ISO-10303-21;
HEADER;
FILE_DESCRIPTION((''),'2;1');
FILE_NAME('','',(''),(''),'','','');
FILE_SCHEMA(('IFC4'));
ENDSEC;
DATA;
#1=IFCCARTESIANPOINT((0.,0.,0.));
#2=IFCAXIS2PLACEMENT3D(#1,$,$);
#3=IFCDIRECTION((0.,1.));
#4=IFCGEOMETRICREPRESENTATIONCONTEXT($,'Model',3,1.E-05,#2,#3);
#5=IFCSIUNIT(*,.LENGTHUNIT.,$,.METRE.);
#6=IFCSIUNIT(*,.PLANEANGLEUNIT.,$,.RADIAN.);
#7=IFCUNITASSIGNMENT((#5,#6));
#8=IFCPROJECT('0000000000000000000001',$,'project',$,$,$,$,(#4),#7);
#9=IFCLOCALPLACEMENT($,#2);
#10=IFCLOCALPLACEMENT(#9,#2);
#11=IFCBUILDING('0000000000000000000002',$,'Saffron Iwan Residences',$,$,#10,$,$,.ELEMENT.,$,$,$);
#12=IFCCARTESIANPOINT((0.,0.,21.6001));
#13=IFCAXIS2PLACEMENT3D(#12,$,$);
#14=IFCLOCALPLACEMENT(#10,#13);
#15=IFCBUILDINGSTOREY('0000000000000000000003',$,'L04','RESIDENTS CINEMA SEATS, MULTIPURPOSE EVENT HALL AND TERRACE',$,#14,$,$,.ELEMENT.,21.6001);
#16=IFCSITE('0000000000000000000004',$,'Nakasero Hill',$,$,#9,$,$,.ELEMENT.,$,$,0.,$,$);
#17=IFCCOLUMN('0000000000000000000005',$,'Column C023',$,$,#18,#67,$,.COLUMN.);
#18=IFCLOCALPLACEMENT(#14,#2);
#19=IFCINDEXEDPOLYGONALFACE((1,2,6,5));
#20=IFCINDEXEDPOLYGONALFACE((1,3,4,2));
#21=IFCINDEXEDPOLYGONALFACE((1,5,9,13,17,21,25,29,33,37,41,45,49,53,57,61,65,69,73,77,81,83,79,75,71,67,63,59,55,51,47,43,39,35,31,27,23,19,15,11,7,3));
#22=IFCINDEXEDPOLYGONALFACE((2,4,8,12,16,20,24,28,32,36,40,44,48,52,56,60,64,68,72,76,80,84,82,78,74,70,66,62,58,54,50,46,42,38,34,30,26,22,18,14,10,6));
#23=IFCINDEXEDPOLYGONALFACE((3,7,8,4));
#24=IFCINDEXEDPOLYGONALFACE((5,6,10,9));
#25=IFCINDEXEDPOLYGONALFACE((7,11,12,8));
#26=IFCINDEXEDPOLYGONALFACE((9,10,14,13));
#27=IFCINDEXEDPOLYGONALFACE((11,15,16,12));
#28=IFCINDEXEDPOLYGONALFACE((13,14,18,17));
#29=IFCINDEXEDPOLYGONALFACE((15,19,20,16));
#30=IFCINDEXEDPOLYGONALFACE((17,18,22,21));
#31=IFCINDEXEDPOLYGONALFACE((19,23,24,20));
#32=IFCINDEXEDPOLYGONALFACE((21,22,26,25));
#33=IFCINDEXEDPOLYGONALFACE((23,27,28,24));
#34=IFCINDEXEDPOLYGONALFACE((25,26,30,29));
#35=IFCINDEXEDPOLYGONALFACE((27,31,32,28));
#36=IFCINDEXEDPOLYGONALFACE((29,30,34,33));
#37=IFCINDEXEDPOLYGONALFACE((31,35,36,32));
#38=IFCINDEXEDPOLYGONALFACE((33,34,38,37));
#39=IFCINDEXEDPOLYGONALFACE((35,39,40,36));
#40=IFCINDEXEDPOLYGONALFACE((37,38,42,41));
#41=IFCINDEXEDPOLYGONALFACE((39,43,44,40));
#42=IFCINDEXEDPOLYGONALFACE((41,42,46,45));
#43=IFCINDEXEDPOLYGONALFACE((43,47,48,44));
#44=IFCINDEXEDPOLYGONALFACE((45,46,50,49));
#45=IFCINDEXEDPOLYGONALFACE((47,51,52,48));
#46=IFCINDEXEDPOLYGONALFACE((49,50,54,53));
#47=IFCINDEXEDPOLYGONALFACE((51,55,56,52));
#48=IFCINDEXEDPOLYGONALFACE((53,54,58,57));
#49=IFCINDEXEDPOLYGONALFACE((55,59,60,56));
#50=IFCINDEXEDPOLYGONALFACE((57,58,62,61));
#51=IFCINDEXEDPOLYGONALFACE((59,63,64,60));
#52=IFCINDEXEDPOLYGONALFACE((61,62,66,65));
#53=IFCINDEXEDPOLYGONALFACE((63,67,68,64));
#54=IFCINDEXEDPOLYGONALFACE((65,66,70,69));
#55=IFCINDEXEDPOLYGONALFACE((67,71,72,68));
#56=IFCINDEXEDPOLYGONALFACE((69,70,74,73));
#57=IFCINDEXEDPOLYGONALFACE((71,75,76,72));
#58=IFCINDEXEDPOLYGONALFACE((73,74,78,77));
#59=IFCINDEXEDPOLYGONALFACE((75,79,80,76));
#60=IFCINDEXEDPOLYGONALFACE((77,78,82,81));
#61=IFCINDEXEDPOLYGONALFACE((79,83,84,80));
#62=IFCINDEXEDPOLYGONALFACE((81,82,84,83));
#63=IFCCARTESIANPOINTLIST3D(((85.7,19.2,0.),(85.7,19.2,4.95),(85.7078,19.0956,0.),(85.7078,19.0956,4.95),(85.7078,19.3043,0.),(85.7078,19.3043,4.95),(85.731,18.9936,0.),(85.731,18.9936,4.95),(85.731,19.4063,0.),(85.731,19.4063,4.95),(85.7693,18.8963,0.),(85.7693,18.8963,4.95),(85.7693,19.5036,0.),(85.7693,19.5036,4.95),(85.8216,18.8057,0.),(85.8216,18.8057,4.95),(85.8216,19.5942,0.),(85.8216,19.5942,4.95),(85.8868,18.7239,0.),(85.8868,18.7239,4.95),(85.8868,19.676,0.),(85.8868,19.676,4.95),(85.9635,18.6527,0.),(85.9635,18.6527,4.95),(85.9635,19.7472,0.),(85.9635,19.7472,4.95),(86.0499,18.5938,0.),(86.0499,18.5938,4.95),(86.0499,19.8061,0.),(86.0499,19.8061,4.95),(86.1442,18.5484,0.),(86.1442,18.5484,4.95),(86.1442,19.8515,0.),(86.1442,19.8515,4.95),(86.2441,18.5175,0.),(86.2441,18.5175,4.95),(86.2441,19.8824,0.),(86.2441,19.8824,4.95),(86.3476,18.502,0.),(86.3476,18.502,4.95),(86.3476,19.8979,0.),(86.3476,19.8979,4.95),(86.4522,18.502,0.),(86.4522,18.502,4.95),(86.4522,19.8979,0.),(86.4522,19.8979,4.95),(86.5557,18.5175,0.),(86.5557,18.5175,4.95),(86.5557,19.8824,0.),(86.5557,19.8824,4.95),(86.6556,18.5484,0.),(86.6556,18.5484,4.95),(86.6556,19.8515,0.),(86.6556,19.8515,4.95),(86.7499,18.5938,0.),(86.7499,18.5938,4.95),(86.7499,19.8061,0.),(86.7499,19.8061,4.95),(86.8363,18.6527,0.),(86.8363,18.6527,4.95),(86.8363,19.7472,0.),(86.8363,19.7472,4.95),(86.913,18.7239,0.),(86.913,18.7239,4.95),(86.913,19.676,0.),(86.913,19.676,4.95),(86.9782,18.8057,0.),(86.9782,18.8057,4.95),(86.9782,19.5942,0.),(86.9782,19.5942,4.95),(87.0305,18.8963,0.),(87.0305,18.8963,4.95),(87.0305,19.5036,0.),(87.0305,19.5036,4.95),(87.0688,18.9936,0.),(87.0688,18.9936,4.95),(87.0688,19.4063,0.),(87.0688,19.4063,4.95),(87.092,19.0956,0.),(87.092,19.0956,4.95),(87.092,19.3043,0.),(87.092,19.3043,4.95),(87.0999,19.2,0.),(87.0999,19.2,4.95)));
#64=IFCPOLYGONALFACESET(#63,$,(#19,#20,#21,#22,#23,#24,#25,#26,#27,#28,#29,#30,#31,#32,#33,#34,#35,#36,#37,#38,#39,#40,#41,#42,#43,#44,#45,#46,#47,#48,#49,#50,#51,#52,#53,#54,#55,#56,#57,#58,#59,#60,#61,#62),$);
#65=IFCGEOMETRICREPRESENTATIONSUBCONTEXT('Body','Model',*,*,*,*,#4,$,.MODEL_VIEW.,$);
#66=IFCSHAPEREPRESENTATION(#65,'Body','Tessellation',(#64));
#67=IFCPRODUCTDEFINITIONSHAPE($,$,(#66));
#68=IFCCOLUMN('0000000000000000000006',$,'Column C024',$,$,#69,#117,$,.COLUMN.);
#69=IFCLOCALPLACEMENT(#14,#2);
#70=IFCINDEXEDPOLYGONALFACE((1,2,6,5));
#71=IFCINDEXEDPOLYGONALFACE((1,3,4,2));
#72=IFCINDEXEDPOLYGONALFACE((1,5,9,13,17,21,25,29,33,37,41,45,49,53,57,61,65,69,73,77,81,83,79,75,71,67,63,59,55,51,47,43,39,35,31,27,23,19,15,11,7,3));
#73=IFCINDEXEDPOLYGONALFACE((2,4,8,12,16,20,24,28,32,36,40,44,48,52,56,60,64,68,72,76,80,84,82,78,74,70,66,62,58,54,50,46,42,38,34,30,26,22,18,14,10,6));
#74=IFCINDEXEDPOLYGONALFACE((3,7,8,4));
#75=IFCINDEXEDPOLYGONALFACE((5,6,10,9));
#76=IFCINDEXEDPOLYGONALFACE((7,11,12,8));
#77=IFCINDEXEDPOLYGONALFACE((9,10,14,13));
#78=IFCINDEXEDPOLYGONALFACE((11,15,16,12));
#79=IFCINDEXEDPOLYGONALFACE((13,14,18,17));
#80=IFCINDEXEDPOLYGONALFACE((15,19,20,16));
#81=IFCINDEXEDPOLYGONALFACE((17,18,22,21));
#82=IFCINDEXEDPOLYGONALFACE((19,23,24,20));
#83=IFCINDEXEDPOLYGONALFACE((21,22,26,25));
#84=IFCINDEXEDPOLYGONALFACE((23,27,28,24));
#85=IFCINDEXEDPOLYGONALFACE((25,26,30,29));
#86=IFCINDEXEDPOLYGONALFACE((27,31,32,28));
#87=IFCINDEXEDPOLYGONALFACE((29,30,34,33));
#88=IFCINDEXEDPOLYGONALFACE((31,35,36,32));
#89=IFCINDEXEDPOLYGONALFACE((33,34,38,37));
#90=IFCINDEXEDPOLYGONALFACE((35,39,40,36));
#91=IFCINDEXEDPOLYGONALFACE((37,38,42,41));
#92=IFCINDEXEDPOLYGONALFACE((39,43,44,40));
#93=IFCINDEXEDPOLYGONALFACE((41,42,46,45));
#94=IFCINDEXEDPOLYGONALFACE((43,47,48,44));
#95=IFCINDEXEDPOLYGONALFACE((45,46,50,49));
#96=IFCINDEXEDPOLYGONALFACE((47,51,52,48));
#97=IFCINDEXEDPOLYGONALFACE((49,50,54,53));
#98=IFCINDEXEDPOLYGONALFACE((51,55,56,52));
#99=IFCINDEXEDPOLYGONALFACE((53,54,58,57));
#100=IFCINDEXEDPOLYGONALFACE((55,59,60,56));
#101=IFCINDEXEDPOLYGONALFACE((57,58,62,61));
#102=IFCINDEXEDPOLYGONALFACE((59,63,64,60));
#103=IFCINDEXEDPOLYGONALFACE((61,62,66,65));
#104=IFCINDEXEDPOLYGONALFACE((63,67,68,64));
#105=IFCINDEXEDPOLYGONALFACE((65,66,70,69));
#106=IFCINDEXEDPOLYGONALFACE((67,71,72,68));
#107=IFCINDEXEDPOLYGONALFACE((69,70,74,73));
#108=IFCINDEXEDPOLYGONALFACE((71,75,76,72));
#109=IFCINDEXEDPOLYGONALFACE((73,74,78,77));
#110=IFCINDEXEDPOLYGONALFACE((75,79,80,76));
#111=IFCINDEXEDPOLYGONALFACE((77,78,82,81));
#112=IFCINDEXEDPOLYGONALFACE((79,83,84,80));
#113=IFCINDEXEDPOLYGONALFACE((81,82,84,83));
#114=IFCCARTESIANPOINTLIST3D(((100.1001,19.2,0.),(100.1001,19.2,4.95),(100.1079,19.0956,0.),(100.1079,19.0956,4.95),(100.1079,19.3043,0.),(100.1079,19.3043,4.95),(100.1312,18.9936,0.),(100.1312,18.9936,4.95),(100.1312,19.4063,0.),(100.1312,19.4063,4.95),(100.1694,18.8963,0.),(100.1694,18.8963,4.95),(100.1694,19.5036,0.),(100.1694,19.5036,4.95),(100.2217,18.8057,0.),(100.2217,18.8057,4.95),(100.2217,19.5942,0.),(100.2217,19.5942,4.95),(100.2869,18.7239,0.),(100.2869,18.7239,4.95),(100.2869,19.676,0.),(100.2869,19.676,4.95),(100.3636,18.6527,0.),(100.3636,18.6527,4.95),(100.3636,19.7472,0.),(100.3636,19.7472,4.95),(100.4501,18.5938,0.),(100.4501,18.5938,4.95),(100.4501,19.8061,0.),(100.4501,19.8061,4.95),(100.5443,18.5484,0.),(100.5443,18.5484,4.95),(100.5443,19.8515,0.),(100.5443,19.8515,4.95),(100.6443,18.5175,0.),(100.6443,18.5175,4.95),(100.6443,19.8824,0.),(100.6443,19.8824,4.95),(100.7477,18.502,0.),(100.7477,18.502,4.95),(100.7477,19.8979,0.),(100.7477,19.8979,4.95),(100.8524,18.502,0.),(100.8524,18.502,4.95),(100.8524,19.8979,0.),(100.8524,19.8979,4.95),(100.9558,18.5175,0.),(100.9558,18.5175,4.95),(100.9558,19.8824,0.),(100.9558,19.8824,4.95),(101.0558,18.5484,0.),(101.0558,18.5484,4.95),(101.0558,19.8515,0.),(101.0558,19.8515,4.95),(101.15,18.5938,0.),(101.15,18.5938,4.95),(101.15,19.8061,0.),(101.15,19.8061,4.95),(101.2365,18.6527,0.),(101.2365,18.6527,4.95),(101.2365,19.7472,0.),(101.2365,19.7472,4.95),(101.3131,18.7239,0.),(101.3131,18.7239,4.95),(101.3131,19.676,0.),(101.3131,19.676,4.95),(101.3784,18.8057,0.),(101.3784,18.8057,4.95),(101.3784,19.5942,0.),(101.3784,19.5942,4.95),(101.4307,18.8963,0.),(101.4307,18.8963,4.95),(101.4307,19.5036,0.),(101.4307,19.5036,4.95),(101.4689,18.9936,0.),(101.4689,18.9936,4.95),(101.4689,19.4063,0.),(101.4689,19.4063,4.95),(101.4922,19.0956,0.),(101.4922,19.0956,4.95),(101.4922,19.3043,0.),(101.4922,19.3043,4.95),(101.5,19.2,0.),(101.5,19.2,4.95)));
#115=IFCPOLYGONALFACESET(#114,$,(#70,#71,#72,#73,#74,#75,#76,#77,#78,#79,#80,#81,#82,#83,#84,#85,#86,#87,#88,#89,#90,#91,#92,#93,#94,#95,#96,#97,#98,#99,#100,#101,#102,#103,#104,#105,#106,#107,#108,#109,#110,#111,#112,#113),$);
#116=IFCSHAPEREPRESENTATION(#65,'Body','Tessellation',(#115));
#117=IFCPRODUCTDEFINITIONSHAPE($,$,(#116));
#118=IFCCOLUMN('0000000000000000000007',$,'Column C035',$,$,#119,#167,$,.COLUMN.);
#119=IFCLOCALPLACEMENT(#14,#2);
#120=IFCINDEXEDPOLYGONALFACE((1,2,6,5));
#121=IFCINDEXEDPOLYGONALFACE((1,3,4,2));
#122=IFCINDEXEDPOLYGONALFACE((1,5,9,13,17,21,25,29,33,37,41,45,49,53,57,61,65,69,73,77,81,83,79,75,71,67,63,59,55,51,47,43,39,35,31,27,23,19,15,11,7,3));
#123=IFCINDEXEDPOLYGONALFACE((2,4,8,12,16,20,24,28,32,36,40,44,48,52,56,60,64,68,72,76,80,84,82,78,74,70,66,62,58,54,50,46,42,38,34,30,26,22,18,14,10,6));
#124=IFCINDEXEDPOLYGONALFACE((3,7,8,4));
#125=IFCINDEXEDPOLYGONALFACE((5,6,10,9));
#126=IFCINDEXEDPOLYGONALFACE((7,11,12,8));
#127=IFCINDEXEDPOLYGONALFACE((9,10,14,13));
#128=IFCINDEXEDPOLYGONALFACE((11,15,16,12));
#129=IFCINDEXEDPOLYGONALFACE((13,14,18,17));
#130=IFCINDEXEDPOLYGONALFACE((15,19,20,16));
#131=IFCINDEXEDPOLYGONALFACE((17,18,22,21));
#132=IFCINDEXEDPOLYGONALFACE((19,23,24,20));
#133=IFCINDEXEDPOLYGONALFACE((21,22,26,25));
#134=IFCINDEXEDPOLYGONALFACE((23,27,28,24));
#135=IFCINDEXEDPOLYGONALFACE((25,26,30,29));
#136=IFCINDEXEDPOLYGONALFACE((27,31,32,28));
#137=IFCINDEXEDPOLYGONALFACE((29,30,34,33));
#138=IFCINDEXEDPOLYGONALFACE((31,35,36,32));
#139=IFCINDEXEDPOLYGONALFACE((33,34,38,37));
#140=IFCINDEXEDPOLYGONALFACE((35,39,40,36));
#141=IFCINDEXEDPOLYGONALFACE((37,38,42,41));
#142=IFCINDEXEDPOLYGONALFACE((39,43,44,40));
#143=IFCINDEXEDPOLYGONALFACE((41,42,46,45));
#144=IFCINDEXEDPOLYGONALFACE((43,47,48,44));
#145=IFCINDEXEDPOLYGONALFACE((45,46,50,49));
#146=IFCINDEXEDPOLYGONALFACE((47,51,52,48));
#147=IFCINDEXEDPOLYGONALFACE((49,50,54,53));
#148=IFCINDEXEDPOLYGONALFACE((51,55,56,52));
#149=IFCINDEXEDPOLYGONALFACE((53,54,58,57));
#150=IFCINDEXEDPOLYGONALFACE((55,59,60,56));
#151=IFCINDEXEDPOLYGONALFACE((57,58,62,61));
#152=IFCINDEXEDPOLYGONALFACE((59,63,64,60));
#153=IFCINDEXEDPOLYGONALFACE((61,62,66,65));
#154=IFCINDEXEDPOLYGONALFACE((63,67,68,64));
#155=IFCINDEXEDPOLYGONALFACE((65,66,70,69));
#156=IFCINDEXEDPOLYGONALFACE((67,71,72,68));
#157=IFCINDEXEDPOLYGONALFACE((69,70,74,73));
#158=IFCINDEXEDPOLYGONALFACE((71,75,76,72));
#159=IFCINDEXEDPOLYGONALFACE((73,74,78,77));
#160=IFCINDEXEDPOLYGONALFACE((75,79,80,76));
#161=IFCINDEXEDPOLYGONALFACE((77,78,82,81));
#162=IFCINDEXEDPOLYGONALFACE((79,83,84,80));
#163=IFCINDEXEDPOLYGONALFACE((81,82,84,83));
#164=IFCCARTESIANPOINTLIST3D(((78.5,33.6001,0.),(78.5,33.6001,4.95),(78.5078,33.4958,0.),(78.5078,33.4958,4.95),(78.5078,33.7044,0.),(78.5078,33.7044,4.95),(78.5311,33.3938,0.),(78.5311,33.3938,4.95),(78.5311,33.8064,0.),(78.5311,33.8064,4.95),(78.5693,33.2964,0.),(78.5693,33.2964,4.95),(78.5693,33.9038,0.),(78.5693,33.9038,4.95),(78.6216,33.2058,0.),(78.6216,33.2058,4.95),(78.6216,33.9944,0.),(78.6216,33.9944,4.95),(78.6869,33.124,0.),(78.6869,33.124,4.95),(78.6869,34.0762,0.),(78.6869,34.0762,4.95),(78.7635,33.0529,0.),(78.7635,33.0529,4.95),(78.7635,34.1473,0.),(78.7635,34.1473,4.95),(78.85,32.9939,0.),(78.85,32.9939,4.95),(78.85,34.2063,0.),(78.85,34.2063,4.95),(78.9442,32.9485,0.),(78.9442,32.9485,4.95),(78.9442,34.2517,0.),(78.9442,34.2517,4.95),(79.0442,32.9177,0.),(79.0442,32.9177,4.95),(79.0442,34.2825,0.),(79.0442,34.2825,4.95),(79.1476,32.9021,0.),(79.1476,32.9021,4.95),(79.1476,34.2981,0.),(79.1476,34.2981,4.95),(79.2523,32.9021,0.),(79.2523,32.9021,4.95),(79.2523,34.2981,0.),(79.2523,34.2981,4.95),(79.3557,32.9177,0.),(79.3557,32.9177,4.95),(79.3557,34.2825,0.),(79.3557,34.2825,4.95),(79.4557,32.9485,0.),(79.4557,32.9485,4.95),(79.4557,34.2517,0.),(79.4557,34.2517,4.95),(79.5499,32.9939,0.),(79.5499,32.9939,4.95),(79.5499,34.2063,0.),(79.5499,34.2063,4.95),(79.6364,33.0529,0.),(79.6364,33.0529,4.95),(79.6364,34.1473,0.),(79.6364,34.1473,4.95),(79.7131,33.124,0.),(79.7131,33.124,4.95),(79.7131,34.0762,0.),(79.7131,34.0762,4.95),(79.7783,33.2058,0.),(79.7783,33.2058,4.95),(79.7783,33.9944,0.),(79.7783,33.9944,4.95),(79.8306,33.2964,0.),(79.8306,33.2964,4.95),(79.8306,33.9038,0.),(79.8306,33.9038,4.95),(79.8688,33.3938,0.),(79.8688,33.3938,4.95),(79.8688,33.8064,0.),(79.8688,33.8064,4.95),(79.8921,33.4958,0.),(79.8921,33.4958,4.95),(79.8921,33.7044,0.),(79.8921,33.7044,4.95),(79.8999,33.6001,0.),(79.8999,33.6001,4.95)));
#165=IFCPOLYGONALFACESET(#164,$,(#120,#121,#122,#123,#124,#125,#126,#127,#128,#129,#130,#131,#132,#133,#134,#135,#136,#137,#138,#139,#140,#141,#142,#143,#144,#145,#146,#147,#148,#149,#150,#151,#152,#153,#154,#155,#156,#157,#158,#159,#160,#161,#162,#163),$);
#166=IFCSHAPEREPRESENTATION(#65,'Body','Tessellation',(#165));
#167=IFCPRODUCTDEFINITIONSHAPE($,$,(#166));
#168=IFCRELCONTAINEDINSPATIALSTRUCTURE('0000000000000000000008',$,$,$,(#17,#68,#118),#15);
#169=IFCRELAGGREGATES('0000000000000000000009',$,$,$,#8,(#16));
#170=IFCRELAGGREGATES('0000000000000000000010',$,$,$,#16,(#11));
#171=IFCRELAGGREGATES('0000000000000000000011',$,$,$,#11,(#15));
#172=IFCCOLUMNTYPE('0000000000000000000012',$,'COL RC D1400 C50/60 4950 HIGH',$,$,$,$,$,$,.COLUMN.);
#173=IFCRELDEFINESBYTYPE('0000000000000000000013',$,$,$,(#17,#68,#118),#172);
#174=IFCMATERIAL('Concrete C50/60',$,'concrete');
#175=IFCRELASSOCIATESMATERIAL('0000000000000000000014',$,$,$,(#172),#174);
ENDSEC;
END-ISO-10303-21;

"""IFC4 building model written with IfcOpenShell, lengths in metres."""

from ifc_helpers import new_model, si_unit, direction, frame, origin, origin_2d, place, context, subcontext, project, spatial, circle, extrude, source, transform, mapped, material, material_profile, profile_set, type_object, element, save


model = new_model("IFC4")

# Units and contexts
model_context = context("Model", 3, precision=1e-05, world=origin(), true_north=direction((0.0, 1.0)))
body_context = subcontext(model_context, "Body", "Model", "MODEL_VIEW")
ifc_project = project(units=[si_unit("LENGTHUNIT", "METRE"), si_unit("PLANEANGLEUNIT", "RADIAN")], contexts=[model_context])

# Site, building, storey
site_placement = place(None, origin())
site = spatial("IfcSite", under=ifc_project, at=site_placement, Name="Nakasero Hill", CompositionType="ELEMENT", RefElevation=0.0)
building_placement = place(site_placement, origin())
building = spatial("IfcBuilding", under=site, at=building_placement, Name="Saffron Iwan Residences", CompositionType="ELEMENT")
storey_placement = place(building_placement, frame((0.0, 0.0, 21.6001)))
storey = spatial("IfcBuildingStorey", under=building, at=storey_placement, Name="L04", Description="RESIDENTS CINEMA SEATS, MULTIPURPOSE EVENT HALL AND TERRACE", CompositionType="ELEMENT", Elevation=21.6001)

# Columns
ifc_material_1 = material(Name="Concrete C50/60", Category="concrete")
ifc_material_profile_1 = material_profile(ifc_material_1, circle(Radius=0.7, at=origin_2d()), Name="RC D1400")
ifc_profile_set_1 = profile_set([ifc_material_profile_1], Name="Concrete C50/60")
column_type = type_object("IfcColumnType", Name="COL RC D1400 C50/60 4950 HIGH", PredefinedType="COLUMN", material=ifc_profile_set_1)
shared_shape_1 = source(origin(), body_context, "Body", "SweptSolid", [
    extrude(circle(Radius=0.7, at=origin_2d()), origin(), (0.0, 0.0, 1.0), 4.95),
])
for number, where, z_axis, x_axis, name in (
    (1, (86.3999, 19.2, 0.0), (0.0, 0.0, 1.0), (1.0, 0.0, 0.0), "Column C023"),
    (2, (100.8, 19.2, 0.0), (0.0, 0.0, 1.0), (1.0, 0.0, 0.0), "Column C024"),
    (3, (79.2, 33.6001, 0.0), (0.0, 0.0, 1.0), (1.0, 0.0, 0.0), "Column C035"),
):
    element("IfcColumn", number, at=place(storey_placement, frame(where, z_axis=z_axis, x_axis=x_axis)), inside=storey, type_object=column_type, Name=name, PredefinedType="COLUMN", context=body_context, shape_type="MappedRepresentation", body=[
        mapped(shared_shape_1, transform((0.0, 0.0, 0.0))),
    ])

save(model, "model.ifc")
